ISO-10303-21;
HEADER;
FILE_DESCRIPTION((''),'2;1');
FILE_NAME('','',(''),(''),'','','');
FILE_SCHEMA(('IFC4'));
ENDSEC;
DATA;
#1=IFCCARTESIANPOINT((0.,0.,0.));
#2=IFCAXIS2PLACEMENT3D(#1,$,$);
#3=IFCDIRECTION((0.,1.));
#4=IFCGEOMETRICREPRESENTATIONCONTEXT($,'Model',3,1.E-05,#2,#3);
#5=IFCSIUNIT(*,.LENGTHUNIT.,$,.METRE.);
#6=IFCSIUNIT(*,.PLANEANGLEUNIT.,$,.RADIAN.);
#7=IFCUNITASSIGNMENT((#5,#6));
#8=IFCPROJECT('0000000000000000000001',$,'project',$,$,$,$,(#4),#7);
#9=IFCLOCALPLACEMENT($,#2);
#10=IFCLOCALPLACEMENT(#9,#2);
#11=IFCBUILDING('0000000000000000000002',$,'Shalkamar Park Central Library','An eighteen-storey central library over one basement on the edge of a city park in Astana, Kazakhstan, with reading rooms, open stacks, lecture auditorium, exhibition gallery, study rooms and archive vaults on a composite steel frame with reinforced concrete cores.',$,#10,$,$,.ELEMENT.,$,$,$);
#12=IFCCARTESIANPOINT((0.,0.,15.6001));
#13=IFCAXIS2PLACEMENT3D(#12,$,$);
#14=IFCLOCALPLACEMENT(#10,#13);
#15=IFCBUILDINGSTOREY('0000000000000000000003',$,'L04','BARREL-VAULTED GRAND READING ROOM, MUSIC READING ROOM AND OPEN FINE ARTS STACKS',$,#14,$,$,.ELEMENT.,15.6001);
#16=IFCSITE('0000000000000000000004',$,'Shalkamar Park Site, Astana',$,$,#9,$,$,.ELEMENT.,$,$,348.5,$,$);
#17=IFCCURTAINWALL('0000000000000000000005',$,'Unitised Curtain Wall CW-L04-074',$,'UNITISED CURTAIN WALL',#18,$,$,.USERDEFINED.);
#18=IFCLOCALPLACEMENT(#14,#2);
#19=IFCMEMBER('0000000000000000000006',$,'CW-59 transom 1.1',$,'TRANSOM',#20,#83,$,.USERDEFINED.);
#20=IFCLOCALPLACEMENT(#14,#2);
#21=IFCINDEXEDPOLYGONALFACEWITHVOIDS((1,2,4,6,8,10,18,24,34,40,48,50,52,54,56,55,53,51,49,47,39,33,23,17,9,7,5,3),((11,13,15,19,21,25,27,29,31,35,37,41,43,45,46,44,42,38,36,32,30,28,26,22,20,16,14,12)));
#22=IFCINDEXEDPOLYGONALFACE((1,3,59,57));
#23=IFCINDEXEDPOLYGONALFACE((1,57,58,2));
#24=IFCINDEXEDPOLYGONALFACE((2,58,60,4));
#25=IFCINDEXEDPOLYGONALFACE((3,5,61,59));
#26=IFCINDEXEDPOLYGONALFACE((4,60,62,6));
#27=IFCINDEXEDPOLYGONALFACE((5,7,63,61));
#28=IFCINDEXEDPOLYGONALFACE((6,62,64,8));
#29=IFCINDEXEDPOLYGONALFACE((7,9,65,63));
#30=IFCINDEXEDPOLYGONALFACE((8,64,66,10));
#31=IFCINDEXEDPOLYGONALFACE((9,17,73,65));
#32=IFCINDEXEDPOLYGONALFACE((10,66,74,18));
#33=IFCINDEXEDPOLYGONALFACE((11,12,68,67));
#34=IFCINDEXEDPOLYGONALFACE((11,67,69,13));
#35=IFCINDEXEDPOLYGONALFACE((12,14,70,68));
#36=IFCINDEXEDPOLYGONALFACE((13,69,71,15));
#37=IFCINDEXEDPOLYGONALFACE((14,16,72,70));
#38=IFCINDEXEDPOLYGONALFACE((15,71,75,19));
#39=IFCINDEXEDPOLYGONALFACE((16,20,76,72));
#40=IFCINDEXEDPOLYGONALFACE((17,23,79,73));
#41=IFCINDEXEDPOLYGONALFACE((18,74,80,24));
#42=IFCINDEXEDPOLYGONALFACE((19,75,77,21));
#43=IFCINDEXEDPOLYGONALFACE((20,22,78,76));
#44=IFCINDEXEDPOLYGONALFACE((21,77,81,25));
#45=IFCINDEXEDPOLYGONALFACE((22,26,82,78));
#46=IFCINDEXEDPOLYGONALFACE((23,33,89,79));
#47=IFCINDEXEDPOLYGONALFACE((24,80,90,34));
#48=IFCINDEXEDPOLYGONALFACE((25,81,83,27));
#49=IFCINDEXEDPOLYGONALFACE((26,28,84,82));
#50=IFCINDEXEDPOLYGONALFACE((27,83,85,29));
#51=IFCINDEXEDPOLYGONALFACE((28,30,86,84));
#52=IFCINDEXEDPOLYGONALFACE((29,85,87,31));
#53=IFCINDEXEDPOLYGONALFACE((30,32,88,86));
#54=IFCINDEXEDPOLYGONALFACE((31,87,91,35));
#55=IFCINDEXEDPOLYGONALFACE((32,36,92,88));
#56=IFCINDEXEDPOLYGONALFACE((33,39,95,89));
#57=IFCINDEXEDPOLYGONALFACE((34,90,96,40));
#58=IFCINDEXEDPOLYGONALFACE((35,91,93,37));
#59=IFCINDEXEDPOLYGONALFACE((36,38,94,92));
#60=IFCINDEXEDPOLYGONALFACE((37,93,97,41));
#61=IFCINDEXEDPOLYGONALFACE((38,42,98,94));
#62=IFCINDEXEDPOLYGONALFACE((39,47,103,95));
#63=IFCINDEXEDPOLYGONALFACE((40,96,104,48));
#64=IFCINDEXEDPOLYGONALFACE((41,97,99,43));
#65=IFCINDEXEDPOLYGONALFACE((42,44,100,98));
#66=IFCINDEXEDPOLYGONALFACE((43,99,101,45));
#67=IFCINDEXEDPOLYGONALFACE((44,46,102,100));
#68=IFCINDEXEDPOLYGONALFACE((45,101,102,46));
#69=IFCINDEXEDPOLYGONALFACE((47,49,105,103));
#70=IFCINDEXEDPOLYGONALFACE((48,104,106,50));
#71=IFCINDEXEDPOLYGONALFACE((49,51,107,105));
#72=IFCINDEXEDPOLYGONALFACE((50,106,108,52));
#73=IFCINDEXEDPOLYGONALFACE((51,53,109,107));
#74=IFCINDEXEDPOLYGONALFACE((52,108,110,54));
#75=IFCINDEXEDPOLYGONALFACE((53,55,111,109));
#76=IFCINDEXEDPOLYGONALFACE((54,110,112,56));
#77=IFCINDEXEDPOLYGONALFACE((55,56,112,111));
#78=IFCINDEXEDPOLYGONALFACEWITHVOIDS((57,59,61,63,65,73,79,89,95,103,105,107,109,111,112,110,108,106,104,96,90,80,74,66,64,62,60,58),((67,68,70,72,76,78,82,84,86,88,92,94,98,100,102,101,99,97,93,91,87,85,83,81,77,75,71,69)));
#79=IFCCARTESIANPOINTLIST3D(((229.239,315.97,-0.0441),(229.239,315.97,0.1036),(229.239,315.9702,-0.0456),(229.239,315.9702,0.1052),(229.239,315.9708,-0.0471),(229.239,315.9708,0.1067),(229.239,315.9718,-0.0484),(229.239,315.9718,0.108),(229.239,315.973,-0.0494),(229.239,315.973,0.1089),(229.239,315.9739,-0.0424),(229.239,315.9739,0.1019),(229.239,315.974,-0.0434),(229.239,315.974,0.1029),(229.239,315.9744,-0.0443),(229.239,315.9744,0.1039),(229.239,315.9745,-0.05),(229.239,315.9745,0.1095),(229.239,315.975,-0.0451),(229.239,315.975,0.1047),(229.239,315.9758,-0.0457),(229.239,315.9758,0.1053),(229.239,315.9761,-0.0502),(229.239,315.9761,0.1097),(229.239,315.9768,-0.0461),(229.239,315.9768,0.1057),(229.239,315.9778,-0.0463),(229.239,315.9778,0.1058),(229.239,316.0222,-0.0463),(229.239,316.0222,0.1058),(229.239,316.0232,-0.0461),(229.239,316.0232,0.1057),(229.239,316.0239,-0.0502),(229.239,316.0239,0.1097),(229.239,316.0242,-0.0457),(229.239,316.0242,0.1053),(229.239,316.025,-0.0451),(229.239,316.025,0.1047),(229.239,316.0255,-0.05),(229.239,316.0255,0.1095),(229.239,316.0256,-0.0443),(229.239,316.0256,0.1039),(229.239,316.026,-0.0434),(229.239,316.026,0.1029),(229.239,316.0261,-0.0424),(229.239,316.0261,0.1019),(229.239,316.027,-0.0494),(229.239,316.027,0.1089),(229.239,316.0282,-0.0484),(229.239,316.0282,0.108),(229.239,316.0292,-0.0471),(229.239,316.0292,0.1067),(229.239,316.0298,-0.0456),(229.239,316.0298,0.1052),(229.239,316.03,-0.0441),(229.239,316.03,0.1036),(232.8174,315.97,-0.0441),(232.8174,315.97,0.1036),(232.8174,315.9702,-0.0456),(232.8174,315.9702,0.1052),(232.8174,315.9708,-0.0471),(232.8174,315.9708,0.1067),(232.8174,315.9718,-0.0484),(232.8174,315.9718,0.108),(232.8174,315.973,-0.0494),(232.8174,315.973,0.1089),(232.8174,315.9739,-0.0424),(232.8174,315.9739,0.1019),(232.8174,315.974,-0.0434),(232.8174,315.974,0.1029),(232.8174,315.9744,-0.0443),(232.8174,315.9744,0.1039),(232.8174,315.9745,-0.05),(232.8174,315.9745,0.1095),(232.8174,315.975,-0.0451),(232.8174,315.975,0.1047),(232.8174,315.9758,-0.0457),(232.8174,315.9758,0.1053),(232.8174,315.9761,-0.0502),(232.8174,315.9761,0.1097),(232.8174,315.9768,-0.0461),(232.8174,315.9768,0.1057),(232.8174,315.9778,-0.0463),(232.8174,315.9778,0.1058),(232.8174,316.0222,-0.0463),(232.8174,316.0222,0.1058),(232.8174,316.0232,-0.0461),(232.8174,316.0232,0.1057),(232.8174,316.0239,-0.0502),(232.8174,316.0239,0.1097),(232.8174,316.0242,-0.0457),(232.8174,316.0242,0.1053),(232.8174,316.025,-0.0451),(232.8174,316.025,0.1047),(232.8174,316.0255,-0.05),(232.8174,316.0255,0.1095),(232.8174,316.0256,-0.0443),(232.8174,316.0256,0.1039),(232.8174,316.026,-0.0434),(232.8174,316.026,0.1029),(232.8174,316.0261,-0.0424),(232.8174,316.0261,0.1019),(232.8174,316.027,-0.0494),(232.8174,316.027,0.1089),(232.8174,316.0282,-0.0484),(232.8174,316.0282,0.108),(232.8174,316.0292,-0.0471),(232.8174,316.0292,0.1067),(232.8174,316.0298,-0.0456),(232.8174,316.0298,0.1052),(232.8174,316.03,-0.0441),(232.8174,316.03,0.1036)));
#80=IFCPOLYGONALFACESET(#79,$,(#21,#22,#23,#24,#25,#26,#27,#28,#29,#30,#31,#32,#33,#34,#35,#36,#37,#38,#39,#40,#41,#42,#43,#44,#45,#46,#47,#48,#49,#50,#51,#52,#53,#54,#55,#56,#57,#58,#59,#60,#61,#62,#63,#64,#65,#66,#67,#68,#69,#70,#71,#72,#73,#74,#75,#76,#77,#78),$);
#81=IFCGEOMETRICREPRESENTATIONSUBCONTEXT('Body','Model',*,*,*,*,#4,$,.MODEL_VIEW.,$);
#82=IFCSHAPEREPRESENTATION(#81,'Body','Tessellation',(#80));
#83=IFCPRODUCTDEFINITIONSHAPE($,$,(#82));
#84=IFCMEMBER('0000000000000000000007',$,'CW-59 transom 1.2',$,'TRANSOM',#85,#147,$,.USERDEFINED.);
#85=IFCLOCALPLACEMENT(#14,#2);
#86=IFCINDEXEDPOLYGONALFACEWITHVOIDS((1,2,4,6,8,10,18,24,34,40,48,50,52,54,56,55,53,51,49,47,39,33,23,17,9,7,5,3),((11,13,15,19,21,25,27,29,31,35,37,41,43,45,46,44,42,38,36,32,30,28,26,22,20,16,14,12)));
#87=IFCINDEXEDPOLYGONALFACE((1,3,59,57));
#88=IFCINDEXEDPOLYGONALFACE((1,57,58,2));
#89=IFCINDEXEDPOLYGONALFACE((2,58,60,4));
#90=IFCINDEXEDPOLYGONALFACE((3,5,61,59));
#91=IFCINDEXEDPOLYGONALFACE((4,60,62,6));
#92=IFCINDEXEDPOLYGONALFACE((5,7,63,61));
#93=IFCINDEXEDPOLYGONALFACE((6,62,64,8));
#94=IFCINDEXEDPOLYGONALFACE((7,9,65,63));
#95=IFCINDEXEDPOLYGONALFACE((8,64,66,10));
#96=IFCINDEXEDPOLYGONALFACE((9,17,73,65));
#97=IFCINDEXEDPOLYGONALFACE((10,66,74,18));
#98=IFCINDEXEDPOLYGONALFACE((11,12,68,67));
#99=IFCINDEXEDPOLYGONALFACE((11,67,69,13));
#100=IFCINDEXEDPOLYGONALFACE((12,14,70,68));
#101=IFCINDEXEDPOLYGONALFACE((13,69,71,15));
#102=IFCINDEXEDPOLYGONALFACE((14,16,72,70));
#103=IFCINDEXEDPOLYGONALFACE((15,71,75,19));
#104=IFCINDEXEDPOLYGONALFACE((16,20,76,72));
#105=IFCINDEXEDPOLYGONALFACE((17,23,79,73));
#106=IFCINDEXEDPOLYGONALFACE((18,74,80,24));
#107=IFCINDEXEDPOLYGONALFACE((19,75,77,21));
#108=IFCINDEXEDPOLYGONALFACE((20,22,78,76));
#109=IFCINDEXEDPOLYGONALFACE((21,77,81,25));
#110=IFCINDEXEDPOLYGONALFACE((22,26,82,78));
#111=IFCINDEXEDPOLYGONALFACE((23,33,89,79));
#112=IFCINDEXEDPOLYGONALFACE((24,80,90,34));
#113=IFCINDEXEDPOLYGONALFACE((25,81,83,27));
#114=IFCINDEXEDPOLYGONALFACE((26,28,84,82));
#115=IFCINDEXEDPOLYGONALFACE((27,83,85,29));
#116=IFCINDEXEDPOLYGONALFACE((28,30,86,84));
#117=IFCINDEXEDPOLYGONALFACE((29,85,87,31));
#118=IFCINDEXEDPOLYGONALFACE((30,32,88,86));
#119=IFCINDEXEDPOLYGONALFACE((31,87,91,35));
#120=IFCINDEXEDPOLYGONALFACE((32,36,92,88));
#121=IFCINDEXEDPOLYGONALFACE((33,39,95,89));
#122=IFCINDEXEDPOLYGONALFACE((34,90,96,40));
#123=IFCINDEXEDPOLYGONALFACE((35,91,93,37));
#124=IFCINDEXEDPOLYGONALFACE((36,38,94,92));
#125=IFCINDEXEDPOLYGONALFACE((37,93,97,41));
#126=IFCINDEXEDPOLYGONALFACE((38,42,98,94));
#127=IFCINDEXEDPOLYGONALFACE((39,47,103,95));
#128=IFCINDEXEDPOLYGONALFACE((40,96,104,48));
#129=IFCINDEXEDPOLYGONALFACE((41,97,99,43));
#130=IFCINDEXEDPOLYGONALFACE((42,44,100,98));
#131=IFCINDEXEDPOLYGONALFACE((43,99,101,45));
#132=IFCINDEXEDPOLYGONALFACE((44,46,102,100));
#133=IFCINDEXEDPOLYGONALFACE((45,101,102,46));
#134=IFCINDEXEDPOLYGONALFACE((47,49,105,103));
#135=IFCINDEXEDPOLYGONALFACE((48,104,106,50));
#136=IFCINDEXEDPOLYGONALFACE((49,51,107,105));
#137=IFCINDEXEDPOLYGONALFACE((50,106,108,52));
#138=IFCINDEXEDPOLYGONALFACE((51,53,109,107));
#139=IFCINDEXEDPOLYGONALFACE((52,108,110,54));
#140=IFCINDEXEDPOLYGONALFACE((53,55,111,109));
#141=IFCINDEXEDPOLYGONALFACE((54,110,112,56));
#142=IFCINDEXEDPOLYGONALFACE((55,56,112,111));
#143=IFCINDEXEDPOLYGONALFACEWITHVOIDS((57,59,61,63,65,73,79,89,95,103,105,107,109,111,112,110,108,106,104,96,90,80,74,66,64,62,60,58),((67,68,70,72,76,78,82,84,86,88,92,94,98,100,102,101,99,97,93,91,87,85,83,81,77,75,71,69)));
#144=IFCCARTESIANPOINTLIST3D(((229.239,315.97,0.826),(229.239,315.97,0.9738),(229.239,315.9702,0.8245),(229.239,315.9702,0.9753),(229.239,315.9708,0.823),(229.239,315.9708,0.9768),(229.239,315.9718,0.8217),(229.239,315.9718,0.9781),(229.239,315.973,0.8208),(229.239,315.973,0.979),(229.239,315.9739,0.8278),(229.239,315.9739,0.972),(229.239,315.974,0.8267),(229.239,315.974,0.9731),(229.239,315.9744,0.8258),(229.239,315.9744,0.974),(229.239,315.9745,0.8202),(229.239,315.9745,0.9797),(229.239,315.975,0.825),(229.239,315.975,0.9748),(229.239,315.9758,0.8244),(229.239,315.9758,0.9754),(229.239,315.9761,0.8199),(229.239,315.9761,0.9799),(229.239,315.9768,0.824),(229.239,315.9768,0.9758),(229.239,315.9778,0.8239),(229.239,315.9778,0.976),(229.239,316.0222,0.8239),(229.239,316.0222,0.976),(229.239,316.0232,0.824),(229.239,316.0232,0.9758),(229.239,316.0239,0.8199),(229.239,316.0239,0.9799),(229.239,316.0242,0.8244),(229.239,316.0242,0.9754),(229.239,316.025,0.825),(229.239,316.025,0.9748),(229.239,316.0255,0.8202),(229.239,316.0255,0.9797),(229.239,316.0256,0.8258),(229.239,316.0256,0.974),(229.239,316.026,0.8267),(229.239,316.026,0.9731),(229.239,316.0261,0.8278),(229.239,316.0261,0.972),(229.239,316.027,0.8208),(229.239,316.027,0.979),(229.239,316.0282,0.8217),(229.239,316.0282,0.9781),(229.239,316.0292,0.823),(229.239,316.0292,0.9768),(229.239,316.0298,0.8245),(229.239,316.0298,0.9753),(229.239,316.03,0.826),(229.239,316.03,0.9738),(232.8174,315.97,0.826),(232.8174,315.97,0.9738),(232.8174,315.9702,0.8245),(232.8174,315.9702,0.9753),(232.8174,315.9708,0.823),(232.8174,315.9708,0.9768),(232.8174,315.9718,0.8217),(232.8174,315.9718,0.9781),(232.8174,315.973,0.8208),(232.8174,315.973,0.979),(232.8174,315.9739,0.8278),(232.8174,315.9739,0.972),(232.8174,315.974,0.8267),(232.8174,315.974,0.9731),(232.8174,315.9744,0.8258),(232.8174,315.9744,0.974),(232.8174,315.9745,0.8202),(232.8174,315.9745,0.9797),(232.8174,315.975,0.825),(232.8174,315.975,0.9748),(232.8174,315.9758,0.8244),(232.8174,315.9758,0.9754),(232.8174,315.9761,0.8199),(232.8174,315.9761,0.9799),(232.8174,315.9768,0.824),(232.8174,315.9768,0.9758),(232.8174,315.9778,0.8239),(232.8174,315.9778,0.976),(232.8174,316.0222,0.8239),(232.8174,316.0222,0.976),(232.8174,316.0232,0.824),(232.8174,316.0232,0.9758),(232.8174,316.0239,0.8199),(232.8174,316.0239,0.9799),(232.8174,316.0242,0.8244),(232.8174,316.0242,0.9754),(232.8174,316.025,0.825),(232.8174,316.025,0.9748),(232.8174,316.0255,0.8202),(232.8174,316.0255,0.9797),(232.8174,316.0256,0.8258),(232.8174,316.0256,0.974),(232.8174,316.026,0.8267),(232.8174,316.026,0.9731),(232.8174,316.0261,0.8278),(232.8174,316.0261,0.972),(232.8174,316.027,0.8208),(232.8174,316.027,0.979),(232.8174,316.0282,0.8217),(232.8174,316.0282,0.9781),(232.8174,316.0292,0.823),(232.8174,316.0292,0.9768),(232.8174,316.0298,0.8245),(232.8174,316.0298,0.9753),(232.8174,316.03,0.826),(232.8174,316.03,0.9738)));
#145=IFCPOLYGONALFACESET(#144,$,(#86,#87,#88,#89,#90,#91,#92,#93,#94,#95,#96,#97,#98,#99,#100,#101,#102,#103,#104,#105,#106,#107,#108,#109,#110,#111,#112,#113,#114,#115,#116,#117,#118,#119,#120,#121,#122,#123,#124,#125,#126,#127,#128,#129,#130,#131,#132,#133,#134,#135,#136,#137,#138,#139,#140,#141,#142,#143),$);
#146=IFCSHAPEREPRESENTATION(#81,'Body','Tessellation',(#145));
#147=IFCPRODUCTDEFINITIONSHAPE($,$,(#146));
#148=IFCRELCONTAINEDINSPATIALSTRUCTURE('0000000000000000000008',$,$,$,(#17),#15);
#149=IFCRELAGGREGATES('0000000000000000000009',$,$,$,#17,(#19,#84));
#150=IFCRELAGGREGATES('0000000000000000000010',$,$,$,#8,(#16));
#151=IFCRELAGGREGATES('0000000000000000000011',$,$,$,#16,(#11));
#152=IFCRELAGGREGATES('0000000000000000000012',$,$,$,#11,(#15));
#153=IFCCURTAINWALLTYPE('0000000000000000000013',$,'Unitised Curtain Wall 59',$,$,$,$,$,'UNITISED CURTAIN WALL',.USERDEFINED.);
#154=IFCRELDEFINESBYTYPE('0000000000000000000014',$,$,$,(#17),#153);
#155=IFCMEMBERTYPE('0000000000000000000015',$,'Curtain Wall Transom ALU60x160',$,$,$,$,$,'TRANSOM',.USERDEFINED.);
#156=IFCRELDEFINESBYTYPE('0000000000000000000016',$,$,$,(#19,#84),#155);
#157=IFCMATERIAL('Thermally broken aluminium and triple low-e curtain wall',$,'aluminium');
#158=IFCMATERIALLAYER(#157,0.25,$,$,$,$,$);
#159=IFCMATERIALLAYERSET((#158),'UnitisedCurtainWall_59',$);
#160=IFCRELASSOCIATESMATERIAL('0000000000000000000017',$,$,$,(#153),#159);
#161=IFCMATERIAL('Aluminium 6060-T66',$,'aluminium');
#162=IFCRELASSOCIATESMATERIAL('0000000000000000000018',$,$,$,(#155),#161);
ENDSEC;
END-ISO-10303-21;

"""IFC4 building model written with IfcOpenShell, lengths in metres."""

from ifc_helpers import new_model, si_unit, direction, frame, origin, origin_2d, place, context, subcontext, project, spatial, hollow_rectangle, extrude, material, layer, layer_set, material_profile, profile_set, type_object, element, aggregate, save


model = new_model("IFC4")

# Units and contexts
model_context = context("Model", 3, precision=1e-05, world=origin(), true_north=direction((0.0, 1.0)))
body_context = subcontext(model_context, "Body", "Model", "MODEL_VIEW")
ifc_project = project(units=[si_unit("LENGTHUNIT", "METRE"), si_unit("PLANEANGLEUNIT", "RADIAN")], contexts=[model_context])

# Site, building, storey
site_placement = place(None, origin())
site = spatial("IfcSite", under=ifc_project, at=site_placement, Name="Shalkamar Park Site, Astana", CompositionType="ELEMENT", RefElevation=348.5)
building_placement = place(site_placement, origin())
building = spatial("IfcBuilding", under=site, at=building_placement, Name="Shalkamar Park Central Library", Description="An eighteen-storey central library over one basement on the edge of a city park in Astana, Kazakhstan, with reading rooms, open stacks, lecture auditorium, exhibition gallery, study rooms and archive vaults on a composite steel frame with reinforced concrete cores.", CompositionType="ELEMENT")
storey_placement = place(building_placement, frame((0.0, 0.0, 15.6001)))
storey = spatial("IfcBuildingStorey", under=building, at=storey_placement, Name="L04", Description="BARREL-VAULTED GRAND READING ROOM, MUSIC READING ROOM AND OPEN FINE ARTS STACKS", CompositionType="ELEMENT", Elevation=15.6001)

# Curtain wall
ifc_material_1 = material(Name="Thermally broken aluminium and triple low-e curtain wall", Category="aluminium")
ifc_layer_1 = layer(ifc_material_1, 0.25)
ifc_layer_set_1 = layer_set([ifc_layer_1], Name="UnitisedCurtainWall_59")
curtain_wall_type_1 = type_object("IfcCurtainWallType", Name="Unitised Curtain Wall 59", ElementType="UNITISED CURTAIN WALL", PredefinedType="USERDEFINED", material=ifc_layer_set_1)
curtain_wall_1_placement = place(storey_placement, origin())
curtain_wall_1 = element("IfcCurtainWall", 1, at=curtain_wall_1_placement, inside=storey, type_object=curtain_wall_type_1, Name="Unitised Curtain Wall CW-L04-074", ObjectType="UNITISED CURTAIN WALL", PredefinedType="USERDEFINED")
ifc_material_2 = material(Name="Aluminium 6060-T66", Category="aluminium")

# Members
ifc_material_profile_1 = material_profile(ifc_material_2, hollow_rectangle(XDim=0.0601, YDim=0.1599, WallThickness=0.0039, InnerFilletRadius=0.0039, OuterFilletRadius=0.0061, at=origin_2d()), Name="ALU 60x160x4")
ifc_profile_set_1 = profile_set([ifc_material_profile_1], Name="Aluminium 6060-T66")
member_type_1 = type_object("IfcMemberType", Name="Curtain Wall Transom ALU60x160", ElementType="TRANSOM", PredefinedType="USERDEFINED", material=ifc_profile_set_1)
member_1_placement = place(storey_placement, frame((229.239, 316.0, 0.0298), z_axis=(1.0, 0.0, 0.0), x_axis=(0.0, 1.0, 0.0)))
member_1 = element("IfcMember", 2, at=member_1_placement, type_object=member_type_1, Name="CW-59 transom 1.1", ObjectType="TRANSOM", PredefinedType="USERDEFINED", context=body_context, shape_type="SweptSolid", body=[
    extrude(hollow_rectangle(XDim=0.0601, YDim=0.1599, WallThickness=0.0039, InnerFilletRadius=0.0039, OuterFilletRadius=0.0061, at=origin_2d()), origin(), (0.0, 0.0, 1.0), 3.5784),
])
member_2_placement = place(storey_placement, frame((229.239, 316.0, 0.8999), z_axis=(1.0, 0.0, 0.0), x_axis=(0.0, 1.0, 0.0)))
member_2 = element("IfcMember", 3, at=member_2_placement, type_object=member_type_1, Name="CW-59 transom 1.2", ObjectType="TRANSOM", PredefinedType="USERDEFINED", context=body_context, shape_type="SweptSolid", body=[
    extrude(hollow_rectangle(XDim=0.0601, YDim=0.1599, WallThickness=0.0039, InnerFilletRadius=0.0039, OuterFilletRadius=0.0061, at=origin_2d()), origin(), (0.0, 0.0, 1.0), 3.5784),
])

aggregate(curtain_wall_1, [member_1, member_2])

save(model, "model.ifc")
